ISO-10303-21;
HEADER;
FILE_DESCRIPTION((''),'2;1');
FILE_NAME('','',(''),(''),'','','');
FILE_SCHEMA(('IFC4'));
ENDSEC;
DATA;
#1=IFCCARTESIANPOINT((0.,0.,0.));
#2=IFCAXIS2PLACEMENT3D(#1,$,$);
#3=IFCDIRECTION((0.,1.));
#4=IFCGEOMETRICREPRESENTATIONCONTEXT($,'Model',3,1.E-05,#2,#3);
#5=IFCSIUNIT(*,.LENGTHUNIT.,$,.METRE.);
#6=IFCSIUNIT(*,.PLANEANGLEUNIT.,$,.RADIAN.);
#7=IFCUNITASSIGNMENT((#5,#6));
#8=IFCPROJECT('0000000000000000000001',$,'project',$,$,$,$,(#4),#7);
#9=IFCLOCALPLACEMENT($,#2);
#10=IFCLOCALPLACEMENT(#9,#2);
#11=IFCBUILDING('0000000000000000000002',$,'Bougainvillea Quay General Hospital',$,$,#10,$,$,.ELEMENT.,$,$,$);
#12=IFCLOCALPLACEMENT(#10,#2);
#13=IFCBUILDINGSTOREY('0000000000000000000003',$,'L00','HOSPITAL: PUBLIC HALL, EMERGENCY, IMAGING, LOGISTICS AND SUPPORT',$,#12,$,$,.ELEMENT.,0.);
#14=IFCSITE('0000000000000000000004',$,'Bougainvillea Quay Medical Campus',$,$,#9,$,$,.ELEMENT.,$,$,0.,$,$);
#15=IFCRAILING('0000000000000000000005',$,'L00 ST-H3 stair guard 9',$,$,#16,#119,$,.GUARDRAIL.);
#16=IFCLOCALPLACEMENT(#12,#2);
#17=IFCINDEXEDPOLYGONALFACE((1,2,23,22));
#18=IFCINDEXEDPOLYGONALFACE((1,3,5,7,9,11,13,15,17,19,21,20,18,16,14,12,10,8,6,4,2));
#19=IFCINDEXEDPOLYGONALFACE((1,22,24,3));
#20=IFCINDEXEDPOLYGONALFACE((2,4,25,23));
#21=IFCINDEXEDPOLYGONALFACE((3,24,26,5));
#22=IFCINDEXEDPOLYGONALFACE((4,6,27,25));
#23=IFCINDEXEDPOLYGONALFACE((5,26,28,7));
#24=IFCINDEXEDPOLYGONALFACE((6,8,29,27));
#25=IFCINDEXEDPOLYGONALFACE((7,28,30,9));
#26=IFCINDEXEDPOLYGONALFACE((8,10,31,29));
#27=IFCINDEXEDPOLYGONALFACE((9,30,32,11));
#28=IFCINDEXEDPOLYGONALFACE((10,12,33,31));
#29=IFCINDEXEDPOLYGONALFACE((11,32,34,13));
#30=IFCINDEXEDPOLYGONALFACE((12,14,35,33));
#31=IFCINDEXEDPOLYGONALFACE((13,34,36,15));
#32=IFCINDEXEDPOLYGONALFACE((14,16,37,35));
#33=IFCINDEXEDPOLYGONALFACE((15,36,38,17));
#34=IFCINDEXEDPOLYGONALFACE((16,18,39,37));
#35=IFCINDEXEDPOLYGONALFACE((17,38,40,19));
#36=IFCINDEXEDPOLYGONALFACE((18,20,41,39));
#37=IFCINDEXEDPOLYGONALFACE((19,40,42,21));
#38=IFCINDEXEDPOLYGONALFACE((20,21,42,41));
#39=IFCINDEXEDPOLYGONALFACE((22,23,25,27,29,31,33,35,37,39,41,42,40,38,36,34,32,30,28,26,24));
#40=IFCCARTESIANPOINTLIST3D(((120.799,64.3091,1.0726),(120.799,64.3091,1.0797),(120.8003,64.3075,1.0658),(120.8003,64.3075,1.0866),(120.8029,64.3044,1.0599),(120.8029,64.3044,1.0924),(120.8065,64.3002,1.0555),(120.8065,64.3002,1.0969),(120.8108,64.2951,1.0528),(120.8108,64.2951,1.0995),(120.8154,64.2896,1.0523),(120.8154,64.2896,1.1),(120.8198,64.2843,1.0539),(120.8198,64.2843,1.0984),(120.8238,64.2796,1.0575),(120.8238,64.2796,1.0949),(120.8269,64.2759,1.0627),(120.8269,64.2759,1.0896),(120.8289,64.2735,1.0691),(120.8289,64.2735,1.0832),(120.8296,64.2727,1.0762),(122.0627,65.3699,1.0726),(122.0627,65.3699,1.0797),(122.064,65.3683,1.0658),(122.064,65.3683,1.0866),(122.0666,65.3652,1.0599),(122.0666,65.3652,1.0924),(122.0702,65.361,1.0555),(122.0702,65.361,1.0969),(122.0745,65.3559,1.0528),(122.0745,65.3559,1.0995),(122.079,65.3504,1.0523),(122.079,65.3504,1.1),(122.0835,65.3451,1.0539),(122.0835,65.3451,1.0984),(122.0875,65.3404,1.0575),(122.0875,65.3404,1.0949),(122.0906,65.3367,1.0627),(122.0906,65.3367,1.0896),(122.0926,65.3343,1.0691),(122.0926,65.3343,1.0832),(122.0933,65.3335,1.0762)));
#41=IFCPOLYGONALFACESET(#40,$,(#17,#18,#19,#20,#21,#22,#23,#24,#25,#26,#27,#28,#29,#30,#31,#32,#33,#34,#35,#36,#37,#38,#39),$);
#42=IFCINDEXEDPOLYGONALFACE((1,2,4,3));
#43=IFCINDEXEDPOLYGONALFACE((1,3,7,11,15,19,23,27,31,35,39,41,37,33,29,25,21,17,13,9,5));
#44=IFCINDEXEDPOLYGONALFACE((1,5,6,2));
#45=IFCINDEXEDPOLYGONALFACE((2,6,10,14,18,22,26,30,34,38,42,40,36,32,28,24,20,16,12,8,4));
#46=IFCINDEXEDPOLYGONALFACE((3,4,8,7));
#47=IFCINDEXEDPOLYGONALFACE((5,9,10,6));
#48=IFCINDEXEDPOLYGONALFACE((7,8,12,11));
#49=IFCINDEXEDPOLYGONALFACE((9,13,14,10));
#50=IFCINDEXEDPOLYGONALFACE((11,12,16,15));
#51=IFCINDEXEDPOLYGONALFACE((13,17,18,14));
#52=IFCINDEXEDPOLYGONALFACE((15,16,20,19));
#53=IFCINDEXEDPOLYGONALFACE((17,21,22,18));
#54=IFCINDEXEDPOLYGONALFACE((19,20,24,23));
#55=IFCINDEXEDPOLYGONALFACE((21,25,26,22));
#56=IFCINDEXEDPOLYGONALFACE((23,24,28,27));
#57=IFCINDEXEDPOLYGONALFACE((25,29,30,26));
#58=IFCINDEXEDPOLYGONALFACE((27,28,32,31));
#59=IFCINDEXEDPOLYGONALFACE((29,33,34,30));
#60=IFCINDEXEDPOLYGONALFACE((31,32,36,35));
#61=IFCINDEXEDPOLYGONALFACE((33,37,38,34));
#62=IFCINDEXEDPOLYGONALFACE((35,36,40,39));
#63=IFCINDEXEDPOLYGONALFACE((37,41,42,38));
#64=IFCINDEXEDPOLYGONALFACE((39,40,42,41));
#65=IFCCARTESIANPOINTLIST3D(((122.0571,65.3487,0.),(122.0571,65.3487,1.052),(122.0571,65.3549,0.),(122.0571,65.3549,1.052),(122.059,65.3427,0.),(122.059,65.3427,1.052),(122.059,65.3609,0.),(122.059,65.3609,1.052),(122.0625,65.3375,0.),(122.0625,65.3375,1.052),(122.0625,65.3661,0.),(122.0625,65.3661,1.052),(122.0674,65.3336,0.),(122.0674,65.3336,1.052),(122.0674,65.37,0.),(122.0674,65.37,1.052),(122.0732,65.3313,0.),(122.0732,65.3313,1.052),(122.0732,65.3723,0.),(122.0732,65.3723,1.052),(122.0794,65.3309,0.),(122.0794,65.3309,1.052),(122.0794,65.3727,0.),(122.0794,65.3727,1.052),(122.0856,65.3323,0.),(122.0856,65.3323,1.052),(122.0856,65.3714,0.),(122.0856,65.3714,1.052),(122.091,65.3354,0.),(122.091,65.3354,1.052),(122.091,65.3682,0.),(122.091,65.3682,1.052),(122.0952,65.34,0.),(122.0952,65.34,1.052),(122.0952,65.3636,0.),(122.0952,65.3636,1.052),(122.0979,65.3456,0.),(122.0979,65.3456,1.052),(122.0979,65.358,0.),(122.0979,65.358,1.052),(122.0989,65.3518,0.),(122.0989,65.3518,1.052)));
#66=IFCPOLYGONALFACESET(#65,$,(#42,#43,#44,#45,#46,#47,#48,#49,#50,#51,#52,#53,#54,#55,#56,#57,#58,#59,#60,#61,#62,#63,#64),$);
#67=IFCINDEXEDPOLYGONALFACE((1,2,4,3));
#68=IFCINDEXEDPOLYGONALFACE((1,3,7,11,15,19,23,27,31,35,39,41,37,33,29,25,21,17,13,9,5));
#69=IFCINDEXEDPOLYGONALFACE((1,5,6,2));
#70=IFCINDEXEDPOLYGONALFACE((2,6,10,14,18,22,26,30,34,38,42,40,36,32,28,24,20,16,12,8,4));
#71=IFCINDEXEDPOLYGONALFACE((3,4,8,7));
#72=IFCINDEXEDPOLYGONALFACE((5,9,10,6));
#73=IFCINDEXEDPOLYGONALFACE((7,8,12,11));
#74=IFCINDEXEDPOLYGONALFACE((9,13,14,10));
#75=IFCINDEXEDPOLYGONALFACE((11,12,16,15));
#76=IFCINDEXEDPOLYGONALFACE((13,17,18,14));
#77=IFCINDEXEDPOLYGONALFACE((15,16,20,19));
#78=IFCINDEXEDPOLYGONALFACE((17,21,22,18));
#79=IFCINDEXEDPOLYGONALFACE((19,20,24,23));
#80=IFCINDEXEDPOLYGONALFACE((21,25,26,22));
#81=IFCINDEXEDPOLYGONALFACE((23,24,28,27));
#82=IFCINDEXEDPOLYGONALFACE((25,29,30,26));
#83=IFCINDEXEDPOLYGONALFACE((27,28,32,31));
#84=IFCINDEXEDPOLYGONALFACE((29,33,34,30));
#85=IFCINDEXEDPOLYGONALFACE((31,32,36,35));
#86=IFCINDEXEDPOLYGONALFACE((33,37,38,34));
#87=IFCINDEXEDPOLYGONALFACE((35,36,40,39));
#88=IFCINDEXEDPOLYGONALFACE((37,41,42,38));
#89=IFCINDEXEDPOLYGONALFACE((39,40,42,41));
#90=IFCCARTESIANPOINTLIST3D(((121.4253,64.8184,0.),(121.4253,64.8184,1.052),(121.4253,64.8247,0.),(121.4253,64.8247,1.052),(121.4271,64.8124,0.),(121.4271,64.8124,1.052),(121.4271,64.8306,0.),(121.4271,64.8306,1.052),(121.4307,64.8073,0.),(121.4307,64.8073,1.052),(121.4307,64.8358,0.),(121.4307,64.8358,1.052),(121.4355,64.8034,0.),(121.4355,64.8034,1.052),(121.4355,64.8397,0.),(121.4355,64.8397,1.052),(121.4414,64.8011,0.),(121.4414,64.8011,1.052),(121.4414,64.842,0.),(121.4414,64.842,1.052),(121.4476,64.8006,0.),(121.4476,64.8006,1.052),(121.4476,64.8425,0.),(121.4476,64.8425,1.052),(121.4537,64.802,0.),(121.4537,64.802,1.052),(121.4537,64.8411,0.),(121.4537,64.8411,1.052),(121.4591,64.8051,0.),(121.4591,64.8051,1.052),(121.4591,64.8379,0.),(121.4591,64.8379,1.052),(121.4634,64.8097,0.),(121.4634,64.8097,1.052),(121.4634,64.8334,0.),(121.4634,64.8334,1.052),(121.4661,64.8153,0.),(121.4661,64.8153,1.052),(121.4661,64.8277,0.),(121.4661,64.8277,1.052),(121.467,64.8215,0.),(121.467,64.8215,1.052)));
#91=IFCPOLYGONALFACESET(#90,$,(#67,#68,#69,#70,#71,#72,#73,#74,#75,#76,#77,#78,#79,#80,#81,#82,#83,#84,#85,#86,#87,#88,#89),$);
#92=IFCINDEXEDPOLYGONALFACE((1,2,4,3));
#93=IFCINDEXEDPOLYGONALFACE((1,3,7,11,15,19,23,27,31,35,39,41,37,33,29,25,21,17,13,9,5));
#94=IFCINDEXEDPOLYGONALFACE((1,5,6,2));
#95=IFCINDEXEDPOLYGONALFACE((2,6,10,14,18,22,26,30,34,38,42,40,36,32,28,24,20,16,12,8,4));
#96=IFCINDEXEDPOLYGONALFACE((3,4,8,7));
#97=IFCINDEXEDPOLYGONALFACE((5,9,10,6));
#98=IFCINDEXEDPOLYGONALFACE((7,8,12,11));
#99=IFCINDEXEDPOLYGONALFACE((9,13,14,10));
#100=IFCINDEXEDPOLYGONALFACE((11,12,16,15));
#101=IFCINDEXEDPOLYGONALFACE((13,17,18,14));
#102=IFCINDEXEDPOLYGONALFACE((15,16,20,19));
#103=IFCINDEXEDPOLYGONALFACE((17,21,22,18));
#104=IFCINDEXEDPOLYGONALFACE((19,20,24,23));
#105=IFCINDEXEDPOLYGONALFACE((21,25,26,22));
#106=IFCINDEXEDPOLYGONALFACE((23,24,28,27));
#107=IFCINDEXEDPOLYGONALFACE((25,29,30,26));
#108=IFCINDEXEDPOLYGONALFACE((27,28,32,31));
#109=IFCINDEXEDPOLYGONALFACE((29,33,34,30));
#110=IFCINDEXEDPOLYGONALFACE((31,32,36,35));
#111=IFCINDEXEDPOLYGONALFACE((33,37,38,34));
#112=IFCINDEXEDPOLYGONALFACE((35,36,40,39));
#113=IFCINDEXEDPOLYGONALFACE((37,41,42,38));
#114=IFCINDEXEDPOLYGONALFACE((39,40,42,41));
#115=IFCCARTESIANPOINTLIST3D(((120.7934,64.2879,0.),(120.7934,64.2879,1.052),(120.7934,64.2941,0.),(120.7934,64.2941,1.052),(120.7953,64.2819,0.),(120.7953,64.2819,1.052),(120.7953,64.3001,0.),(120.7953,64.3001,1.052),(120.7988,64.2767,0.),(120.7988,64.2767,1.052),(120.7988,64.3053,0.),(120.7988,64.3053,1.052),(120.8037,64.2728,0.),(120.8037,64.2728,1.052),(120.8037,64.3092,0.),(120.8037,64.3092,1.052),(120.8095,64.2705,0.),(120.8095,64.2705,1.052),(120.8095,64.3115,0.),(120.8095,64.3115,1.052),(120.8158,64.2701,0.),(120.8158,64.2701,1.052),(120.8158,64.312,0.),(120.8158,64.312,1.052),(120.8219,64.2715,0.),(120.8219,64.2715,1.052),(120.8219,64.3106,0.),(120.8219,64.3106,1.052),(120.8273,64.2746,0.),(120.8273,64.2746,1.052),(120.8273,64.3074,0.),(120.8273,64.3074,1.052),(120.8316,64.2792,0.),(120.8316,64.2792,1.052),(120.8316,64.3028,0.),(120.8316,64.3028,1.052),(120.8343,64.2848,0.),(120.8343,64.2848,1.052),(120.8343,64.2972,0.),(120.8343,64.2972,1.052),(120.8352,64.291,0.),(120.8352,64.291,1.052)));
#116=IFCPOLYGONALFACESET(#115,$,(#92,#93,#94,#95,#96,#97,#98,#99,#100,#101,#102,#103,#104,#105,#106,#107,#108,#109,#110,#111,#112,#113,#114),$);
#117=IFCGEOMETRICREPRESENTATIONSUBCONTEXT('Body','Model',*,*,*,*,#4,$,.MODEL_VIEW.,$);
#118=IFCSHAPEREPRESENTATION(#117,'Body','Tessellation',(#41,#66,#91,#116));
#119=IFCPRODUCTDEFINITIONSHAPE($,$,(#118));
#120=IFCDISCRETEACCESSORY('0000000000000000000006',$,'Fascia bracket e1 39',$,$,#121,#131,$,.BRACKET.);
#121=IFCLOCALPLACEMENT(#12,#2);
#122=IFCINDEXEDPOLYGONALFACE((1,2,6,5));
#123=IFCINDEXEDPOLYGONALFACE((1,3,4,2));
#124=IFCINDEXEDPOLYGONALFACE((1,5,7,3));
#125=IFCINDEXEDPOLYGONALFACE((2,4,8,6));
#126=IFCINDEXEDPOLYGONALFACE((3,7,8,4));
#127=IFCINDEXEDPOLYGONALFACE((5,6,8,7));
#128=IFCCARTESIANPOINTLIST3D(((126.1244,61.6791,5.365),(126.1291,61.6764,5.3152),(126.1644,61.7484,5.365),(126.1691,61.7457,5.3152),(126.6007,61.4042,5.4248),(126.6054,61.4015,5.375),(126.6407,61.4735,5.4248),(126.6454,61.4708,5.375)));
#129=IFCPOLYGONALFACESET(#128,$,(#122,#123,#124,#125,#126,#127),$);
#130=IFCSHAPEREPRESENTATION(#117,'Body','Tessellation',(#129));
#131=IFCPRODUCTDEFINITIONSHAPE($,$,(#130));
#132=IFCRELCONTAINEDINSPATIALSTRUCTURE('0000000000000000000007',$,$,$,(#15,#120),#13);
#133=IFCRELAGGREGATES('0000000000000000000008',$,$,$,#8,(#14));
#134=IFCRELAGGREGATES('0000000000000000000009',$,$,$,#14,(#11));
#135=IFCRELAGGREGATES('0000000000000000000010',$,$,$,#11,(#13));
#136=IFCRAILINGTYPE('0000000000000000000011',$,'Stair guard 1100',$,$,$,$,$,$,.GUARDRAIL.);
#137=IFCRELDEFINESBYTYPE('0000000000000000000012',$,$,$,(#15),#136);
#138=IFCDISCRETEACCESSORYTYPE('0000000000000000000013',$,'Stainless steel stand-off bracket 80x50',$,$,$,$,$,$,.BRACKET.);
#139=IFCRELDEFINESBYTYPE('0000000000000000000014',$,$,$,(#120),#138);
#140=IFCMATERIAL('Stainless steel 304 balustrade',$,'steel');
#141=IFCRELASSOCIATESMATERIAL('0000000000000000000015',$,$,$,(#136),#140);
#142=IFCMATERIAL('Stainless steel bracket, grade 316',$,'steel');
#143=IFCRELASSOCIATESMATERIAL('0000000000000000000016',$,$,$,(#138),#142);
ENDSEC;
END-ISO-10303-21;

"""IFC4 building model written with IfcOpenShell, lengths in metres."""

from ifc_helpers import new_model, si_unit, direction, frame, origin, origin_2d, place, context, subcontext, project, spatial, rectangle, circle, extrude, material, material_profile, profile_set, type_object, element, save


model = new_model("IFC4")

# Units and contexts
model_context = context("Model", 3, precision=1e-05, world=origin(), true_north=direction((0.0, 1.0)))
body_context = subcontext(model_context, "Body", "Model", "MODEL_VIEW")
ifc_project = project(units=[si_unit("LENGTHUNIT", "METRE"), si_unit("PLANEANGLEUNIT", "RADIAN")], contexts=[model_context])

# Site, building, storey
site_placement = place(None, origin())
site = spatial("IfcSite", under=ifc_project, at=site_placement, Name="Bougainvillea Quay Medical Campus", CompositionType="ELEMENT", RefElevation=0.0)
building_placement = place(site_placement, origin())
building = spatial("IfcBuilding", under=site, at=building_placement, Name="Bougainvillea Quay General Hospital", CompositionType="ELEMENT")
storey_placement = place(building_placement, origin())
storey = spatial("IfcBuildingStorey", under=building, at=storey_placement, Name="L00", Description="HOSPITAL: PUBLIC HALL, EMERGENCY, IMAGING, LOGISTICS AND SUPPORT", CompositionType="ELEMENT", Elevation=0.0)

# Railing
ifc_material_1 = material(Name="Stainless steel 304 balustrade", Category="steel")
railing_type = type_object("IfcRailingType", Name="Stair guard 1100", PredefinedType="GUARDRAIL", material=ifc_material_1)
railing_placement = place(storey_placement, frame((122.0779, 65.3518, 0.0)))
element("IfcRailing", 1, at=railing_placement, inside=storey, type_object=railing_type, Name="L00 ST-H3 stair guard 9", PredefinedType="GUARDRAIL", context=body_context, shape_type="SweptSolid", body=[
    extrude(circle(Radius=0.0239, at=origin_2d()), frame((0.0, 0.0, 1.0762), z_axis=(-0.765912, -0.642946, 0.0), x_axis=(0.642946, -0.765912, 0.0)), (0.0, 0.0, 1.0), 1.6499),
    extrude(circle(Radius=0.021, at=origin_2d()), origin(), (0.0, 0.0, 1.0), 1.052),
    extrude(circle(Radius=0.021, at=origin_2d()), frame((-0.6318, -0.5303, 0.0)), (0.0, 0.0, 1.0), 1.052),
    extrude(circle(Radius=0.021, at=origin_2d()), frame((-1.2637, -1.0608, 0.0)), (0.0, 0.0, 1.0), 1.052),
])

# Discrete accessory
ifc_material_2 = material(Name="Stainless steel bracket, grade 316", Category="steel")
ifc_material_profile_1 = material_profile(ifc_material_2, rectangle(XDim=0.0801, YDim=0.05, at=origin_2d()))
ifc_profile_set_1 = profile_set([ifc_material_profile_1], Name="Stainless steel bracket, grade 316")
discrete_accessory_type = type_object("IfcDiscreteAccessoryType", Name="Stainless steel stand-off bracket 80x50", PredefinedType="BRACKET", material=ifc_profile_set_1)
discrete_accessory_placement = place(storey_placement, frame((126.1467, 61.7124, 5.3401), z_axis=(0.861027, -0.496933, 0.108125), x_axis=(0.499863, 0.866104, 0.0)))
element("IfcDiscreteAccessory", 2, at=discrete_accessory_placement, inside=storey, type_object=discrete_accessory_type, Name="Fascia bracket e1 39", PredefinedType="BRACKET", context=body_context, shape_type="SweptSolid", body=[
    extrude(rectangle(XDim=0.0801, YDim=0.05, at=origin_2d()), origin(), (0.0, 0.0, 1.0), 0.5532),
])

save(model, "model.ifc")
